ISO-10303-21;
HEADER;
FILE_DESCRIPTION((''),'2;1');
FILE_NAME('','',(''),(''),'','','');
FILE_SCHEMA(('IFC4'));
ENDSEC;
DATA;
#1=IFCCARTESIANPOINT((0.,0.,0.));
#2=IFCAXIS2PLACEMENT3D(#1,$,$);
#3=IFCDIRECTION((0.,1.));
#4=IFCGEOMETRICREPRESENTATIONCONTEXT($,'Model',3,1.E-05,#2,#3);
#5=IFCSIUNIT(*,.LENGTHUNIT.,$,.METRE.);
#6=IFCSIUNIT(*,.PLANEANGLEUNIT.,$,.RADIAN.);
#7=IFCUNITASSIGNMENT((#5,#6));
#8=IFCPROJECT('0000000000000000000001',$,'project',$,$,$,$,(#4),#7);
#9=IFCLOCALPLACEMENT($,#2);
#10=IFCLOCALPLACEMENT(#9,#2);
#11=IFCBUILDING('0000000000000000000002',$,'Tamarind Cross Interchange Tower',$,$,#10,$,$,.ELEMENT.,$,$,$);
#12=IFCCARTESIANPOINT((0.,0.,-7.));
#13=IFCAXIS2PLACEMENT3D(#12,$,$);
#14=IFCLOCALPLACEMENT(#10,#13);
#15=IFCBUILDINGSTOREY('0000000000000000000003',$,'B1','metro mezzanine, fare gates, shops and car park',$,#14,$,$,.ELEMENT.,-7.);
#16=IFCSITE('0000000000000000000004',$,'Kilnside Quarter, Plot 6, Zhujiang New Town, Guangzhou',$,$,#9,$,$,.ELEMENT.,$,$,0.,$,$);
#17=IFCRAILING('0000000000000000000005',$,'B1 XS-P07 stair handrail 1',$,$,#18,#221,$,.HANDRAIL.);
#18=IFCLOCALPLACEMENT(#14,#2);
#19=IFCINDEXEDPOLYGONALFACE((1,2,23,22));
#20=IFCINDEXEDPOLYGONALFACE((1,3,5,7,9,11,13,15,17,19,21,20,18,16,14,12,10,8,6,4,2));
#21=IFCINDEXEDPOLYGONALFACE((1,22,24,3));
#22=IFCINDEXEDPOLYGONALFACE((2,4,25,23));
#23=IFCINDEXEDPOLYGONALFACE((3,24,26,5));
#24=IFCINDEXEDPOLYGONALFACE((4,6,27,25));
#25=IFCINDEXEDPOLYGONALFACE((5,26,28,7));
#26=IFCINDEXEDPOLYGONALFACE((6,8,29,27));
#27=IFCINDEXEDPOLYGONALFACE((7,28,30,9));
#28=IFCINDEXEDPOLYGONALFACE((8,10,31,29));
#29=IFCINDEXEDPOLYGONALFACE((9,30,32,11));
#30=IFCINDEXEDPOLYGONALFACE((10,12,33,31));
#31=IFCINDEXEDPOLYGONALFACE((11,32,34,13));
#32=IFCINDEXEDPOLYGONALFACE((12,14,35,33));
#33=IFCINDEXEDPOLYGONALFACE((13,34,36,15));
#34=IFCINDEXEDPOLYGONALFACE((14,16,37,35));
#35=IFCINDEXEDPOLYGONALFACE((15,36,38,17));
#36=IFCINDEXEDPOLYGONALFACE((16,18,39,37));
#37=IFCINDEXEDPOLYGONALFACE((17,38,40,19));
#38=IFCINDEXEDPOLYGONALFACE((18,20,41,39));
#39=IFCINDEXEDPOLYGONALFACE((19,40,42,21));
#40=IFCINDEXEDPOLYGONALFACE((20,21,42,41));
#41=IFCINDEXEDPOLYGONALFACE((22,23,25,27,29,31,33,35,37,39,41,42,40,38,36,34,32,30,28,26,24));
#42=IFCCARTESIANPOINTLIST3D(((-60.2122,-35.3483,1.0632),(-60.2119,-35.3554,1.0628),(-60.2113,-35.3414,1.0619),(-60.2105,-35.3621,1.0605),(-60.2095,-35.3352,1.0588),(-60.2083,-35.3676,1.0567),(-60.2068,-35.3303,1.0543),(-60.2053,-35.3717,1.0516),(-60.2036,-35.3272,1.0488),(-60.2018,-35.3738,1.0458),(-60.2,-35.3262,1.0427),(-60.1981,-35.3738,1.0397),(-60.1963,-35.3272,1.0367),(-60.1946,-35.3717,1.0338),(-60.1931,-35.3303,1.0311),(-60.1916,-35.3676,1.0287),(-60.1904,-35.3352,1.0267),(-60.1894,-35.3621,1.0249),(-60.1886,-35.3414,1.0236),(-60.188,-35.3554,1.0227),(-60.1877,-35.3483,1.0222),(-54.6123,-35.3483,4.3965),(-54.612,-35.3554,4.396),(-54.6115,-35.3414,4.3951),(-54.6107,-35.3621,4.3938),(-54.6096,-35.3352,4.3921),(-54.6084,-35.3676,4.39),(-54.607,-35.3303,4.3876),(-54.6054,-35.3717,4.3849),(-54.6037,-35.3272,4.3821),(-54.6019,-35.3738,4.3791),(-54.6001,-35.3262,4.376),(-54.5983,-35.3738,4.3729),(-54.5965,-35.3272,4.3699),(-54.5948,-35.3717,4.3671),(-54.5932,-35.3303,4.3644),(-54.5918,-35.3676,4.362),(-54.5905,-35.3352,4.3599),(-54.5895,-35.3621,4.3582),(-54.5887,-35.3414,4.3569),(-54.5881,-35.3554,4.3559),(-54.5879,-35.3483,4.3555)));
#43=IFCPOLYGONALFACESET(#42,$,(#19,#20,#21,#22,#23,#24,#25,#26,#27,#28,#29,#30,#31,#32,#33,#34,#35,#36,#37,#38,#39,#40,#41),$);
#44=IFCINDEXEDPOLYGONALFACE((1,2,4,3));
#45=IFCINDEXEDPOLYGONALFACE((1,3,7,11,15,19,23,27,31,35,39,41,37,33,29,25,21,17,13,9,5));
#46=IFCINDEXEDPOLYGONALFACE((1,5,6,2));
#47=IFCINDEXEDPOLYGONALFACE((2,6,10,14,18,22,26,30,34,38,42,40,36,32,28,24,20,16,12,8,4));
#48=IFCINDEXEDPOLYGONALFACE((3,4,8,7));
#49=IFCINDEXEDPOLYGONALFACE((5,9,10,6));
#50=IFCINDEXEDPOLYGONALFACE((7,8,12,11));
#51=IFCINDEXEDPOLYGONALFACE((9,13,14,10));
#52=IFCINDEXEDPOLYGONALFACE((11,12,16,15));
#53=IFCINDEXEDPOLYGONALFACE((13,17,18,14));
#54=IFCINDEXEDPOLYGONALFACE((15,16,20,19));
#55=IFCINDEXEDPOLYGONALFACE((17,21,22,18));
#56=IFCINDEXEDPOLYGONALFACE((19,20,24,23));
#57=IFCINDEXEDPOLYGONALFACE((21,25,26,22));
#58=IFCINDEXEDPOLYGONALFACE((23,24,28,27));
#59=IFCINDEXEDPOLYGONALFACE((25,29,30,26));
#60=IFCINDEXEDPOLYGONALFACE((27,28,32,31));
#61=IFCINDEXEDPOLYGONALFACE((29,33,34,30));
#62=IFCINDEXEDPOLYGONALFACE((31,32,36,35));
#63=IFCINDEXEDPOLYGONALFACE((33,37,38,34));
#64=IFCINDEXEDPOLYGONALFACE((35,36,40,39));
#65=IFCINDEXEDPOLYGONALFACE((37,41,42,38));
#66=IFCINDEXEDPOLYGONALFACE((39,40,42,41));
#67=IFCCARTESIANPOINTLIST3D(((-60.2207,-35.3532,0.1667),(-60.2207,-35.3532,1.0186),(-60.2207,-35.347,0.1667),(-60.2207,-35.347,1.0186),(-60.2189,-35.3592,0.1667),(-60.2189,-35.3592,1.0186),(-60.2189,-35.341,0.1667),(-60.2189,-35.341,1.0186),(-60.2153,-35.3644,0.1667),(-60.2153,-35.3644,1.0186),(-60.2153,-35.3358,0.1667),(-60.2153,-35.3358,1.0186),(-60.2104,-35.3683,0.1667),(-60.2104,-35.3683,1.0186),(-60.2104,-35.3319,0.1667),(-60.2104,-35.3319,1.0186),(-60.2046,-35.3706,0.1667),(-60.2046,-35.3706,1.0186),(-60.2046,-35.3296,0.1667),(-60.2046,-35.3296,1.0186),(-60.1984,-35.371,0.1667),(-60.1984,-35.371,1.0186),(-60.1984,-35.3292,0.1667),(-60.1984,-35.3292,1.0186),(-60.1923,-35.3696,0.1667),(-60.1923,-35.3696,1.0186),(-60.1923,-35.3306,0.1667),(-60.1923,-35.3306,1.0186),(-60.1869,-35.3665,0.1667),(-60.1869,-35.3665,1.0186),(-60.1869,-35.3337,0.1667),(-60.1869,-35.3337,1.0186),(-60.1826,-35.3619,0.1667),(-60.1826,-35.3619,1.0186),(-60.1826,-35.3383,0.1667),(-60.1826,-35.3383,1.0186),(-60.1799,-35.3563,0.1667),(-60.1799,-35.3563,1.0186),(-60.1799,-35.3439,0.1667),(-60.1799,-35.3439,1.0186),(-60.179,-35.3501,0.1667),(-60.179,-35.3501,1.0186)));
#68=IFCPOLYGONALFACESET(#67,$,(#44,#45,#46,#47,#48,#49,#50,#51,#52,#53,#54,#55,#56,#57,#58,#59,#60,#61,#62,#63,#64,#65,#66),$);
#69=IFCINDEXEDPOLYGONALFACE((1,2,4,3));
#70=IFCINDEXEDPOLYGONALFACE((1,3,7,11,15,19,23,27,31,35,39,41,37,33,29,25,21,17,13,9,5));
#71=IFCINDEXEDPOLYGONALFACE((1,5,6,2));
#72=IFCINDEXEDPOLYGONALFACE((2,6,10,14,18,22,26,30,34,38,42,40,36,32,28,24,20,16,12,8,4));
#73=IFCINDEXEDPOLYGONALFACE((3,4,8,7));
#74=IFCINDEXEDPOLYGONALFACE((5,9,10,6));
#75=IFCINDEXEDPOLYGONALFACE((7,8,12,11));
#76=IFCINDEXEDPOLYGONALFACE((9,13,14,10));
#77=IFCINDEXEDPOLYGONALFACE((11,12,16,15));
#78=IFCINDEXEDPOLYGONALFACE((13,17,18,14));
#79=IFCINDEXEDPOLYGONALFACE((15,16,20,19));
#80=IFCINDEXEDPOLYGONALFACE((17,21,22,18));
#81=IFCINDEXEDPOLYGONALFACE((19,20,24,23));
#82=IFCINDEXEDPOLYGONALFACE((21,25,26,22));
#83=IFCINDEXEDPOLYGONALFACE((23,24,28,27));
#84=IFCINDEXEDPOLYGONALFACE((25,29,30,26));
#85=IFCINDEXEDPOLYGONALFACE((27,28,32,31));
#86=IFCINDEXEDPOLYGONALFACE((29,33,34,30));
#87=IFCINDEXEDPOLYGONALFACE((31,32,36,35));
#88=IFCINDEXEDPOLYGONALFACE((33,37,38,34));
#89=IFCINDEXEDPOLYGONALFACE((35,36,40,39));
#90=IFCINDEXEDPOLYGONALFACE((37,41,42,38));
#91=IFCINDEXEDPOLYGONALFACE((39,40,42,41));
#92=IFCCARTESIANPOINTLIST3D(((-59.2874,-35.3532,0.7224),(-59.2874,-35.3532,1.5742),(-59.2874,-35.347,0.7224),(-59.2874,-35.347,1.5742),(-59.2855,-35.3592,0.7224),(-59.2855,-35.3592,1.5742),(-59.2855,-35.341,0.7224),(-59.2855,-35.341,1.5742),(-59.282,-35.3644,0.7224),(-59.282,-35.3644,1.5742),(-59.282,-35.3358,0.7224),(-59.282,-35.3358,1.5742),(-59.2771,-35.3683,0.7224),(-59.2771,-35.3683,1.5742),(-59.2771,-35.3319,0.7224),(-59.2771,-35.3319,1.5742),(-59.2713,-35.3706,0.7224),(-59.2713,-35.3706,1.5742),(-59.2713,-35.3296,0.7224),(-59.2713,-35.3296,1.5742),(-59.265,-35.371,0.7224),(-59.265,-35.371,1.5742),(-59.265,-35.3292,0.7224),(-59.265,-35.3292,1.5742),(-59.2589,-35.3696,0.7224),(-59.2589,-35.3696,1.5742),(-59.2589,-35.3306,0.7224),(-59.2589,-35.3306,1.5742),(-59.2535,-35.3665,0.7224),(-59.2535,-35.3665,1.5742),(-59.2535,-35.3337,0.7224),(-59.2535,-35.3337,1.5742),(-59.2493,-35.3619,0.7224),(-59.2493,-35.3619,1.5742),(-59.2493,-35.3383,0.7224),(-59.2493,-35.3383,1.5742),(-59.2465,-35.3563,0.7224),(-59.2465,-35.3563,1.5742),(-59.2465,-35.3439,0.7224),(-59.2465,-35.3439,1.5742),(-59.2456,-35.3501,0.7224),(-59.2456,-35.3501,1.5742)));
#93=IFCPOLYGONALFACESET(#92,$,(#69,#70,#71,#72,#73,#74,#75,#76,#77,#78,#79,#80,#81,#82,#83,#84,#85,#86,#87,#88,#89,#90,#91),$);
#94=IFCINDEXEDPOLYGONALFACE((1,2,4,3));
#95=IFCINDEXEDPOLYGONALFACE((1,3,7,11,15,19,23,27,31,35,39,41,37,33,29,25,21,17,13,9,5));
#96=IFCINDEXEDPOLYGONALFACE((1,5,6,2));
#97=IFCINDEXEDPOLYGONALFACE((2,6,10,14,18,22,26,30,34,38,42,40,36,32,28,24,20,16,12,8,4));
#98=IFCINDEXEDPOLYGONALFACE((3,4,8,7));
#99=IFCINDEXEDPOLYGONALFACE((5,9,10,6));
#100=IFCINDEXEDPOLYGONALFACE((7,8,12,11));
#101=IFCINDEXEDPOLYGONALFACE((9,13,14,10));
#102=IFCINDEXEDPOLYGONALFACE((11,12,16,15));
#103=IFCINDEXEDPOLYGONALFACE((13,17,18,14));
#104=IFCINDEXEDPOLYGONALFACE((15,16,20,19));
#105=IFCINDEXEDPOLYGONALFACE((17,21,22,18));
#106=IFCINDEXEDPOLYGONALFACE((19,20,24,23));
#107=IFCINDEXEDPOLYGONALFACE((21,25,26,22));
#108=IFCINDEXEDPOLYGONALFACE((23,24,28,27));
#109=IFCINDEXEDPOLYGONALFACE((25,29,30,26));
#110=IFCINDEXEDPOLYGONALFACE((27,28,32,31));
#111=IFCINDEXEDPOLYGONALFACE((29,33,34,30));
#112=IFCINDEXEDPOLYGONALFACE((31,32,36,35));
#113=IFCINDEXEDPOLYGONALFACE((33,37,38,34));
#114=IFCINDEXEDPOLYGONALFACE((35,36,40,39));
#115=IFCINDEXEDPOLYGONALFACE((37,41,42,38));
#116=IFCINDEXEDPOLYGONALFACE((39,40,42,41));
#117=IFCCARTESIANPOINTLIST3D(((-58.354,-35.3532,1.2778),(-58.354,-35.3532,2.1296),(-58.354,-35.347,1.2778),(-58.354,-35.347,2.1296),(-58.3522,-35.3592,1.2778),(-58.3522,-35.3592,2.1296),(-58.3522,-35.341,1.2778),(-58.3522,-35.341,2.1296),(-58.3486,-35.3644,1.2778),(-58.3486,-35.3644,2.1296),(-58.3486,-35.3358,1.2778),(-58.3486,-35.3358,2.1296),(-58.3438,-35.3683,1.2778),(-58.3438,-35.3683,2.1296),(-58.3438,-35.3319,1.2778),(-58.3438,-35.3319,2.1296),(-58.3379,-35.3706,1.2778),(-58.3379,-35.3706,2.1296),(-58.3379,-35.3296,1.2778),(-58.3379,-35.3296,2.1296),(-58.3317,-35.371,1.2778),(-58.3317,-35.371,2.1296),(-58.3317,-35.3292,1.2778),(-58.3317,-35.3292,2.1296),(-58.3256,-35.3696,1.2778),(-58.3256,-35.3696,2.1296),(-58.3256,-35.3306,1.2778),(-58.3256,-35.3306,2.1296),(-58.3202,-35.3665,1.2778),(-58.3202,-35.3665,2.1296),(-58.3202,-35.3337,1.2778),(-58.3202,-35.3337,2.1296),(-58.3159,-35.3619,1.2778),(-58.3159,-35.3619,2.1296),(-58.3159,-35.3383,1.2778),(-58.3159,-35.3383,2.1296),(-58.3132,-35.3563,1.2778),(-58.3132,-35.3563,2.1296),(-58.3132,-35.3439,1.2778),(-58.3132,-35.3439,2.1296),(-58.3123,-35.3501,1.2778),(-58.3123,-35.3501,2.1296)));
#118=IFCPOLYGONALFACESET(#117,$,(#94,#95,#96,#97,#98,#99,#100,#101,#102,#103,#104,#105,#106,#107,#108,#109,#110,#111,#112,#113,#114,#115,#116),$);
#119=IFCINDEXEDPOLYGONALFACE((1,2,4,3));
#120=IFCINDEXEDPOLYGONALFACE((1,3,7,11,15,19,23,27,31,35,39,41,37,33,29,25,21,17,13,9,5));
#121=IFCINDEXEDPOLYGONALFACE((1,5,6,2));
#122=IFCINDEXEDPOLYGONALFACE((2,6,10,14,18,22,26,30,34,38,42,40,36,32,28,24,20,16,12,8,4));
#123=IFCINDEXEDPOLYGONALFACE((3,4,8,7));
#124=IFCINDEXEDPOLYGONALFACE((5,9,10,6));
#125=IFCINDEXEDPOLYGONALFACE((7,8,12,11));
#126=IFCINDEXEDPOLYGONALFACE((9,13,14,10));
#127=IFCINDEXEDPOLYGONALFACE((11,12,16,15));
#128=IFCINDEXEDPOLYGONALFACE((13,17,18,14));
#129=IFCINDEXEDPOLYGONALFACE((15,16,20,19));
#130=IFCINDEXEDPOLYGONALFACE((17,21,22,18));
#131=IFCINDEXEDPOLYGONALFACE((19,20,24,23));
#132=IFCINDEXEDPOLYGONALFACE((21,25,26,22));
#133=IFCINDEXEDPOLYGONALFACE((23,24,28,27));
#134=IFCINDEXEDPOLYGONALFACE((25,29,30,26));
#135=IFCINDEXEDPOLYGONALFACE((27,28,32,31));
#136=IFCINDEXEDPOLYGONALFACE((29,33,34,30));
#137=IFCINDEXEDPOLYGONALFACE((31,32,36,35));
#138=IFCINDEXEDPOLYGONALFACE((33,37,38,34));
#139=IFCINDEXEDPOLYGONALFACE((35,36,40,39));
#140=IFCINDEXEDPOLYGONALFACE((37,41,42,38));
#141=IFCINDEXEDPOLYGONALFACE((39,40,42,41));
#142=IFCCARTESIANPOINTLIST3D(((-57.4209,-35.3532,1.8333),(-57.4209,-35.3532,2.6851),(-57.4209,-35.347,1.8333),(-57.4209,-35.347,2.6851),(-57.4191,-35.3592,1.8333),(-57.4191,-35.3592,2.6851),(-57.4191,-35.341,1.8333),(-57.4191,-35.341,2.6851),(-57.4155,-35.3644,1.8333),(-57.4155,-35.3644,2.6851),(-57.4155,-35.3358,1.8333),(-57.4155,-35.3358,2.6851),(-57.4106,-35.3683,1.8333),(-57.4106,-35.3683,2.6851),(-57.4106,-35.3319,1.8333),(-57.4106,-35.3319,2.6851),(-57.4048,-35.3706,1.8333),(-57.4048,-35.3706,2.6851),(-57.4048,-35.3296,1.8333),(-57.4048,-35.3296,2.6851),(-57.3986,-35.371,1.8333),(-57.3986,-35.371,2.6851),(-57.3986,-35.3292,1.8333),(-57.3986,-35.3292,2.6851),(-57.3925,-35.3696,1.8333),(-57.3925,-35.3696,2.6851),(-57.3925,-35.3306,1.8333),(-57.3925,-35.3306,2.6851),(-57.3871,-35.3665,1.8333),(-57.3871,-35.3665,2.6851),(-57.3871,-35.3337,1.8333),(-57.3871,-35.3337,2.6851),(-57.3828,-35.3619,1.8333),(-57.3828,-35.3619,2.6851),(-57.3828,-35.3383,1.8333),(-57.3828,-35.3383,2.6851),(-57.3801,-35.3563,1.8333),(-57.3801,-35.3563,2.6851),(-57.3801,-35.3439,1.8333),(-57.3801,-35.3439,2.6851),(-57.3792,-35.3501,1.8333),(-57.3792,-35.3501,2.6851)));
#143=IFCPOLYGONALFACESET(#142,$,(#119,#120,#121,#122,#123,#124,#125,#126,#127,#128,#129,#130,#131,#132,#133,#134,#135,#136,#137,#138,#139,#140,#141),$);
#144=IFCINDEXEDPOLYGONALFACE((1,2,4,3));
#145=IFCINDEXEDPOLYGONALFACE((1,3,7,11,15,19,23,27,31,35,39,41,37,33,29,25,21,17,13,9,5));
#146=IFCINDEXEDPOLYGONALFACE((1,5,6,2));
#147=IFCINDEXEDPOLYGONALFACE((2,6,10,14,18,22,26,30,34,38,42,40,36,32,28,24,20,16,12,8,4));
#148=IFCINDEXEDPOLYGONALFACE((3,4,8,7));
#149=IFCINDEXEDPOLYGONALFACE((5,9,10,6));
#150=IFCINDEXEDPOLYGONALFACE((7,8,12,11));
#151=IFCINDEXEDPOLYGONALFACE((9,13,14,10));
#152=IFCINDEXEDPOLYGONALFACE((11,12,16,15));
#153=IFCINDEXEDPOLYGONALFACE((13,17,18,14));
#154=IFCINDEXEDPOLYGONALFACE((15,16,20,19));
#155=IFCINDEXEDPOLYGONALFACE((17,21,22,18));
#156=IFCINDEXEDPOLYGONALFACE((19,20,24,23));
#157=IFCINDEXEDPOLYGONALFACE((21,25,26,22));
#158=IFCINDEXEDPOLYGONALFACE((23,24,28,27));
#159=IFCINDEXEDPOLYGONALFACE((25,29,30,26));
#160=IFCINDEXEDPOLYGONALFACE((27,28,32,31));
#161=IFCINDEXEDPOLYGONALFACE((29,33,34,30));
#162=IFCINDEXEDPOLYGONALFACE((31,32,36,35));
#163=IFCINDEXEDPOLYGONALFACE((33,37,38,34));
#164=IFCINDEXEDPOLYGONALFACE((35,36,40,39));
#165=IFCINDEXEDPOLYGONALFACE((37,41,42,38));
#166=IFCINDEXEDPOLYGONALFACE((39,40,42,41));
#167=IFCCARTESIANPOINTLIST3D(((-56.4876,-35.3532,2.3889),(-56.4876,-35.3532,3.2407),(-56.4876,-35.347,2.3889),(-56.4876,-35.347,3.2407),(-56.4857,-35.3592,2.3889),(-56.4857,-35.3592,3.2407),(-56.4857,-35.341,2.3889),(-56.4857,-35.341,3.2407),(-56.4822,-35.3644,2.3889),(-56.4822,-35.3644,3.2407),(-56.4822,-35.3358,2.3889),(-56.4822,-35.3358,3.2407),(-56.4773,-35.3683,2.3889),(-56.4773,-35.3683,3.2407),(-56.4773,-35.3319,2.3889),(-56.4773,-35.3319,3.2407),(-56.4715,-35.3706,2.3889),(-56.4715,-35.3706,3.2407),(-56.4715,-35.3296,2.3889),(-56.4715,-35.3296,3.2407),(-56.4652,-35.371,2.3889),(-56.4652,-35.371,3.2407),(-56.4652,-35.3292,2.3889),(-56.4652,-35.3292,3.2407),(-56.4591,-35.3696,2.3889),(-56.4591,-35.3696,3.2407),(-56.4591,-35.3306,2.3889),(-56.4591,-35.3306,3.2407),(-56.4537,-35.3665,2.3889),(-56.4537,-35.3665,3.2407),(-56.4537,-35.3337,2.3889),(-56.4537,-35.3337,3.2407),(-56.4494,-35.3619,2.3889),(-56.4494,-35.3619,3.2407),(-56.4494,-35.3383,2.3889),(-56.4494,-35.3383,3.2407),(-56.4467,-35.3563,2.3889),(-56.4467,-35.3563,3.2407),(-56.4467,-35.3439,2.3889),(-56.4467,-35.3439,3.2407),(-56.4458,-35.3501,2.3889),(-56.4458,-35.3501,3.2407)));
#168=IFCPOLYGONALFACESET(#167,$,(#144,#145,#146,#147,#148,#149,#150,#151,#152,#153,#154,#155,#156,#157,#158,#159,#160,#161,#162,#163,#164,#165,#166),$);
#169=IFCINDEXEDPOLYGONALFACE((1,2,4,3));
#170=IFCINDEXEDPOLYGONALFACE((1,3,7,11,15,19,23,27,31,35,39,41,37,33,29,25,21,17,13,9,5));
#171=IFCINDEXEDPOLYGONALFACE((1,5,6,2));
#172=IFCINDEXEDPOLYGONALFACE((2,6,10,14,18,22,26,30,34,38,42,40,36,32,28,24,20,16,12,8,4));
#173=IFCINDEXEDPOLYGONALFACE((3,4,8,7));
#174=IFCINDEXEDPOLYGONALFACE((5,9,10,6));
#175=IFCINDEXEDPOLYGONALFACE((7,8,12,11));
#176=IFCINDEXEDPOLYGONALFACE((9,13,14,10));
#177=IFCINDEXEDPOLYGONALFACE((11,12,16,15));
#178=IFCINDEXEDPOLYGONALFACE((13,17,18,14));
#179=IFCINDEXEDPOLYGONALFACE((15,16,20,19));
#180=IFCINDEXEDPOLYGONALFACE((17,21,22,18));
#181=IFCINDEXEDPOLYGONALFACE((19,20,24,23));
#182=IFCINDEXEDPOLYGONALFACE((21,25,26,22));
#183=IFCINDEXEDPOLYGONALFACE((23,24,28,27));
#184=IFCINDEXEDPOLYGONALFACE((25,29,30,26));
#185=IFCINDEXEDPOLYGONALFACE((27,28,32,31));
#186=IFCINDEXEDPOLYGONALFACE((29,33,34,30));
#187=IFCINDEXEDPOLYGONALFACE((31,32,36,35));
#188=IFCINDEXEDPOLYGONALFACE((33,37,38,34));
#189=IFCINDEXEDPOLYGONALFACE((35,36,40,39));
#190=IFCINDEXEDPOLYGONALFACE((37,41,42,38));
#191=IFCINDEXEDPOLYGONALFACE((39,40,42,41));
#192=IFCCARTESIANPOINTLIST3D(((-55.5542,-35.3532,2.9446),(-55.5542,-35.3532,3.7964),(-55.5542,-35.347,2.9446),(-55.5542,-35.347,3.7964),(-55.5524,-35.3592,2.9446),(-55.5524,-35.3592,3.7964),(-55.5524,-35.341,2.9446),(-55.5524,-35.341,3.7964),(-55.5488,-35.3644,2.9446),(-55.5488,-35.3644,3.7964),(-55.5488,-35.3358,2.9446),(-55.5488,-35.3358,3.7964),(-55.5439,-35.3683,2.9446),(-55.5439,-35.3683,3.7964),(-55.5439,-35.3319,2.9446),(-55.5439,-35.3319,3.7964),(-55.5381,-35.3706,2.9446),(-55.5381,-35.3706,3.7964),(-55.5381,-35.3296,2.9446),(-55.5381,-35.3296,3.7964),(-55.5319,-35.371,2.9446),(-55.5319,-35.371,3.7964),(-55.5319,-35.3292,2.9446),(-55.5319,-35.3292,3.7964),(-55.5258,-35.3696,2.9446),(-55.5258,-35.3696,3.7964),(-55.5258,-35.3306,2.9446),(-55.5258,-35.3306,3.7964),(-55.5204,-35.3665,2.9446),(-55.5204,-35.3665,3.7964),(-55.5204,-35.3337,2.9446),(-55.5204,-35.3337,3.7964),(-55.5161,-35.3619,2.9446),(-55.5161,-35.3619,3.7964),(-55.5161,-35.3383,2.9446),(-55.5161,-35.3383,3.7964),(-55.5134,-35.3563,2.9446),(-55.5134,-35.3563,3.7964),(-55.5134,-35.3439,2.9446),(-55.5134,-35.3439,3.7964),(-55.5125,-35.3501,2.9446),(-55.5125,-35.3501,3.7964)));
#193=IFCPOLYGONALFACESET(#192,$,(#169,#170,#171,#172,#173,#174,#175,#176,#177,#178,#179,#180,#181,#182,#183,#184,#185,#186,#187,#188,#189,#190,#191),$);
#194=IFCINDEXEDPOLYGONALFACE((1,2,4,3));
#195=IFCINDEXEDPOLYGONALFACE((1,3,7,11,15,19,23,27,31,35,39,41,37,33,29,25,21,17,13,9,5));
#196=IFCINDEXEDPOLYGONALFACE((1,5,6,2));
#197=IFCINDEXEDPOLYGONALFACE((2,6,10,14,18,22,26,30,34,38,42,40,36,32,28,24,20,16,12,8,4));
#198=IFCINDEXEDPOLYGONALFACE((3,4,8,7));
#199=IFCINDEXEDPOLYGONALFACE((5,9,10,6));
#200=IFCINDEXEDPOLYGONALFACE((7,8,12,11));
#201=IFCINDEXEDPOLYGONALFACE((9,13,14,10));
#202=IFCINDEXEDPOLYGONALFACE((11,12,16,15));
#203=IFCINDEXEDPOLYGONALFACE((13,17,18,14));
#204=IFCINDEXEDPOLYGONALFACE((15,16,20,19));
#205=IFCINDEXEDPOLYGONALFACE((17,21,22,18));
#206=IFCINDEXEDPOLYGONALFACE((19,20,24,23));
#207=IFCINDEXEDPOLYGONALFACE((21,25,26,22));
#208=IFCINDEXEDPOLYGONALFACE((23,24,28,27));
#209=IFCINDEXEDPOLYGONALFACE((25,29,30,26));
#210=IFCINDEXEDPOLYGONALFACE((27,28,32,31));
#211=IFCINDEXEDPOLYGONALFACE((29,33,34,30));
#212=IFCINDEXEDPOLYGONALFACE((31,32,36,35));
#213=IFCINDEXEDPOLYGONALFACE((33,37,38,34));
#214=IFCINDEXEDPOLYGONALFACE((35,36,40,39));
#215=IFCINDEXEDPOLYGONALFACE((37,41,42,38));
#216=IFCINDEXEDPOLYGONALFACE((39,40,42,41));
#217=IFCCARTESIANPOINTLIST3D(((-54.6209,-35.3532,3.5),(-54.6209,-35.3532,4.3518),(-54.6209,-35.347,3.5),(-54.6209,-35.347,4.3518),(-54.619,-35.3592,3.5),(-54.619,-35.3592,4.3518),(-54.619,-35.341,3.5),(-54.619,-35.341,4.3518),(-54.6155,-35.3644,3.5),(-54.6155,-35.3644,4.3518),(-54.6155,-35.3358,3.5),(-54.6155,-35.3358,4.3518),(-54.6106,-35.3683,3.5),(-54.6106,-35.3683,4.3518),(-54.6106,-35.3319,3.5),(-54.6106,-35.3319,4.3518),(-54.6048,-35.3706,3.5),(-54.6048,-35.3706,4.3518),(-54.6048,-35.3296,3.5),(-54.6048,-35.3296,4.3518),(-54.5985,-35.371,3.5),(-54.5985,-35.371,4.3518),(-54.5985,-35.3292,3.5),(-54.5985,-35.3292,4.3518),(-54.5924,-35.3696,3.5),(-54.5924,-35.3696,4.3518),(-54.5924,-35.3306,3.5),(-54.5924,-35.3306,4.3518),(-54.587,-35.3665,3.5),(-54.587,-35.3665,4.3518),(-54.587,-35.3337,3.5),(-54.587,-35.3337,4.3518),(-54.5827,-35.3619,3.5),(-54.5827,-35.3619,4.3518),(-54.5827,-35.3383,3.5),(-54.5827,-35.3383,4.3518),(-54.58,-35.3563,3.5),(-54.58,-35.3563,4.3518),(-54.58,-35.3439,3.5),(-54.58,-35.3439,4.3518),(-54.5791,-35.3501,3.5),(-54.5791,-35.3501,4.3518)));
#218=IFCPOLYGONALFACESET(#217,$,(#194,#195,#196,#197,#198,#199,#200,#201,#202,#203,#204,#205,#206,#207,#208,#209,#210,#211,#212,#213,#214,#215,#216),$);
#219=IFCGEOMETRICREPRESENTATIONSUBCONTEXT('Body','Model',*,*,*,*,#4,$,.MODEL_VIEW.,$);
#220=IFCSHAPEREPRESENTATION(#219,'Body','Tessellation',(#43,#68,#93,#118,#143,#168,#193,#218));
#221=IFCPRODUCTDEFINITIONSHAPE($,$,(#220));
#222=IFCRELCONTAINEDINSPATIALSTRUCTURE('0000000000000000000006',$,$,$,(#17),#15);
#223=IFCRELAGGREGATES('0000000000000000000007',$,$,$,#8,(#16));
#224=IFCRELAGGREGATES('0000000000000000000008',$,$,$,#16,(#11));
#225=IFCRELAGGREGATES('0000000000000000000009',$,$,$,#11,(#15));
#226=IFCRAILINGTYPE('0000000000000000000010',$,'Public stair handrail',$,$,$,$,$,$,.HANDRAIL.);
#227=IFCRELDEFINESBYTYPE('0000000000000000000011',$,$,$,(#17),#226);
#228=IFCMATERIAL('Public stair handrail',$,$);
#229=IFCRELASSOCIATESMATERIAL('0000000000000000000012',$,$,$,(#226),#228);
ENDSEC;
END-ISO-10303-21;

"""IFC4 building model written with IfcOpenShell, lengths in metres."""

from ifc_helpers import new_model, si_unit, direction, frame, origin, origin_2d, place, context, subcontext, project, spatial, circle, extrude, material, type_object, element, save


model = new_model("IFC4")

# Units and contexts
model_context = context("Model", 3, precision=1e-05, world=origin(), true_north=direction((0.0, 1.0)))
body_context = subcontext(model_context, "Body", "Model", "MODEL_VIEW")
ifc_project = project(units=[si_unit("LENGTHUNIT", "METRE"), si_unit("PLANEANGLEUNIT", "RADIAN")], contexts=[model_context])

# Site, building, storey
site_placement = place(None, origin())
site = spatial("IfcSite", under=ifc_project, at=site_placement, Name="Kilnside Quarter, Plot 6, Zhujiang New Town, Guangzhou", CompositionType="ELEMENT", RefElevation=0.0)
building_placement = place(site_placement, origin())
building = spatial("IfcBuilding", under=site, at=building_placement, Name="Tamarind Cross Interchange Tower", CompositionType="ELEMENT")
storey_placement = place(building_placement, frame((0.0, 0.0, -7.0)))
storey = spatial("IfcBuildingStorey", under=building, at=storey_placement, Name="B1", Description="metro mezzanine, fare gates, shops and car park", CompositionType="ELEMENT", Elevation=-7.0)

# Railing
ifc_material_1 = material(Name="Public stair handrail")
railing_type_1 = type_object("IfcRailingType", Name="Public stair handrail", PredefinedType="HANDRAIL", material=ifc_material_1)
railing_1_placement = place(storey_placement, frame((-60.2, -35.3501, 0.1667)))
element("IfcRailing", 1, at=railing_1_placement, inside=storey, type_object=railing_type_1, Name="B1 XS-P07 stair handrail 1", PredefinedType="HANDRAIL", context=body_context, shape_type="SweptSolid", body=[
    extrude(circle(Radius=0.0239, at=origin_2d()), frame((0.0, 0.0, 0.876), z_axis=(0.859292, 0.0, 0.511485), x_axis=(0.0, 1.0, 0.0)), (0.0, 0.0, 1.0), 6.5168),
    extrude(circle(Radius=0.021, at=origin_2d()), origin(), (0.0, 0.0, 1.0), 0.8518),
    extrude(circle(Radius=0.021, at=origin_2d()), frame((0.9333, 0.0, 0.5557)), (0.0, 0.0, 1.0), 0.8518),
    extrude(circle(Radius=0.021, at=origin_2d()), frame((1.8667, 0.0, 1.1111)), (0.0, 0.0, 1.0), 0.8518),
    extrude(circle(Radius=0.021, at=origin_2d()), frame((2.7998, 0.0, 1.6665)), (0.0, 0.0, 1.0), 0.8518),
    extrude(circle(Radius=0.021, at=origin_2d()), frame((3.7332, 0.0, 2.2222)), (0.0, 0.0, 1.0), 0.8518),
    extrude(circle(Radius=0.021, at=origin_2d()), frame((4.6665, 0.0, 2.7778)), (0.0, 0.0, 1.0), 0.8518),
    extrude(circle(Radius=0.021, at=origin_2d()), frame((5.5999, 0.0, 3.3333)), (0.0, 0.0, 1.0), 0.8518),
])

save(model, "model.ifc")
